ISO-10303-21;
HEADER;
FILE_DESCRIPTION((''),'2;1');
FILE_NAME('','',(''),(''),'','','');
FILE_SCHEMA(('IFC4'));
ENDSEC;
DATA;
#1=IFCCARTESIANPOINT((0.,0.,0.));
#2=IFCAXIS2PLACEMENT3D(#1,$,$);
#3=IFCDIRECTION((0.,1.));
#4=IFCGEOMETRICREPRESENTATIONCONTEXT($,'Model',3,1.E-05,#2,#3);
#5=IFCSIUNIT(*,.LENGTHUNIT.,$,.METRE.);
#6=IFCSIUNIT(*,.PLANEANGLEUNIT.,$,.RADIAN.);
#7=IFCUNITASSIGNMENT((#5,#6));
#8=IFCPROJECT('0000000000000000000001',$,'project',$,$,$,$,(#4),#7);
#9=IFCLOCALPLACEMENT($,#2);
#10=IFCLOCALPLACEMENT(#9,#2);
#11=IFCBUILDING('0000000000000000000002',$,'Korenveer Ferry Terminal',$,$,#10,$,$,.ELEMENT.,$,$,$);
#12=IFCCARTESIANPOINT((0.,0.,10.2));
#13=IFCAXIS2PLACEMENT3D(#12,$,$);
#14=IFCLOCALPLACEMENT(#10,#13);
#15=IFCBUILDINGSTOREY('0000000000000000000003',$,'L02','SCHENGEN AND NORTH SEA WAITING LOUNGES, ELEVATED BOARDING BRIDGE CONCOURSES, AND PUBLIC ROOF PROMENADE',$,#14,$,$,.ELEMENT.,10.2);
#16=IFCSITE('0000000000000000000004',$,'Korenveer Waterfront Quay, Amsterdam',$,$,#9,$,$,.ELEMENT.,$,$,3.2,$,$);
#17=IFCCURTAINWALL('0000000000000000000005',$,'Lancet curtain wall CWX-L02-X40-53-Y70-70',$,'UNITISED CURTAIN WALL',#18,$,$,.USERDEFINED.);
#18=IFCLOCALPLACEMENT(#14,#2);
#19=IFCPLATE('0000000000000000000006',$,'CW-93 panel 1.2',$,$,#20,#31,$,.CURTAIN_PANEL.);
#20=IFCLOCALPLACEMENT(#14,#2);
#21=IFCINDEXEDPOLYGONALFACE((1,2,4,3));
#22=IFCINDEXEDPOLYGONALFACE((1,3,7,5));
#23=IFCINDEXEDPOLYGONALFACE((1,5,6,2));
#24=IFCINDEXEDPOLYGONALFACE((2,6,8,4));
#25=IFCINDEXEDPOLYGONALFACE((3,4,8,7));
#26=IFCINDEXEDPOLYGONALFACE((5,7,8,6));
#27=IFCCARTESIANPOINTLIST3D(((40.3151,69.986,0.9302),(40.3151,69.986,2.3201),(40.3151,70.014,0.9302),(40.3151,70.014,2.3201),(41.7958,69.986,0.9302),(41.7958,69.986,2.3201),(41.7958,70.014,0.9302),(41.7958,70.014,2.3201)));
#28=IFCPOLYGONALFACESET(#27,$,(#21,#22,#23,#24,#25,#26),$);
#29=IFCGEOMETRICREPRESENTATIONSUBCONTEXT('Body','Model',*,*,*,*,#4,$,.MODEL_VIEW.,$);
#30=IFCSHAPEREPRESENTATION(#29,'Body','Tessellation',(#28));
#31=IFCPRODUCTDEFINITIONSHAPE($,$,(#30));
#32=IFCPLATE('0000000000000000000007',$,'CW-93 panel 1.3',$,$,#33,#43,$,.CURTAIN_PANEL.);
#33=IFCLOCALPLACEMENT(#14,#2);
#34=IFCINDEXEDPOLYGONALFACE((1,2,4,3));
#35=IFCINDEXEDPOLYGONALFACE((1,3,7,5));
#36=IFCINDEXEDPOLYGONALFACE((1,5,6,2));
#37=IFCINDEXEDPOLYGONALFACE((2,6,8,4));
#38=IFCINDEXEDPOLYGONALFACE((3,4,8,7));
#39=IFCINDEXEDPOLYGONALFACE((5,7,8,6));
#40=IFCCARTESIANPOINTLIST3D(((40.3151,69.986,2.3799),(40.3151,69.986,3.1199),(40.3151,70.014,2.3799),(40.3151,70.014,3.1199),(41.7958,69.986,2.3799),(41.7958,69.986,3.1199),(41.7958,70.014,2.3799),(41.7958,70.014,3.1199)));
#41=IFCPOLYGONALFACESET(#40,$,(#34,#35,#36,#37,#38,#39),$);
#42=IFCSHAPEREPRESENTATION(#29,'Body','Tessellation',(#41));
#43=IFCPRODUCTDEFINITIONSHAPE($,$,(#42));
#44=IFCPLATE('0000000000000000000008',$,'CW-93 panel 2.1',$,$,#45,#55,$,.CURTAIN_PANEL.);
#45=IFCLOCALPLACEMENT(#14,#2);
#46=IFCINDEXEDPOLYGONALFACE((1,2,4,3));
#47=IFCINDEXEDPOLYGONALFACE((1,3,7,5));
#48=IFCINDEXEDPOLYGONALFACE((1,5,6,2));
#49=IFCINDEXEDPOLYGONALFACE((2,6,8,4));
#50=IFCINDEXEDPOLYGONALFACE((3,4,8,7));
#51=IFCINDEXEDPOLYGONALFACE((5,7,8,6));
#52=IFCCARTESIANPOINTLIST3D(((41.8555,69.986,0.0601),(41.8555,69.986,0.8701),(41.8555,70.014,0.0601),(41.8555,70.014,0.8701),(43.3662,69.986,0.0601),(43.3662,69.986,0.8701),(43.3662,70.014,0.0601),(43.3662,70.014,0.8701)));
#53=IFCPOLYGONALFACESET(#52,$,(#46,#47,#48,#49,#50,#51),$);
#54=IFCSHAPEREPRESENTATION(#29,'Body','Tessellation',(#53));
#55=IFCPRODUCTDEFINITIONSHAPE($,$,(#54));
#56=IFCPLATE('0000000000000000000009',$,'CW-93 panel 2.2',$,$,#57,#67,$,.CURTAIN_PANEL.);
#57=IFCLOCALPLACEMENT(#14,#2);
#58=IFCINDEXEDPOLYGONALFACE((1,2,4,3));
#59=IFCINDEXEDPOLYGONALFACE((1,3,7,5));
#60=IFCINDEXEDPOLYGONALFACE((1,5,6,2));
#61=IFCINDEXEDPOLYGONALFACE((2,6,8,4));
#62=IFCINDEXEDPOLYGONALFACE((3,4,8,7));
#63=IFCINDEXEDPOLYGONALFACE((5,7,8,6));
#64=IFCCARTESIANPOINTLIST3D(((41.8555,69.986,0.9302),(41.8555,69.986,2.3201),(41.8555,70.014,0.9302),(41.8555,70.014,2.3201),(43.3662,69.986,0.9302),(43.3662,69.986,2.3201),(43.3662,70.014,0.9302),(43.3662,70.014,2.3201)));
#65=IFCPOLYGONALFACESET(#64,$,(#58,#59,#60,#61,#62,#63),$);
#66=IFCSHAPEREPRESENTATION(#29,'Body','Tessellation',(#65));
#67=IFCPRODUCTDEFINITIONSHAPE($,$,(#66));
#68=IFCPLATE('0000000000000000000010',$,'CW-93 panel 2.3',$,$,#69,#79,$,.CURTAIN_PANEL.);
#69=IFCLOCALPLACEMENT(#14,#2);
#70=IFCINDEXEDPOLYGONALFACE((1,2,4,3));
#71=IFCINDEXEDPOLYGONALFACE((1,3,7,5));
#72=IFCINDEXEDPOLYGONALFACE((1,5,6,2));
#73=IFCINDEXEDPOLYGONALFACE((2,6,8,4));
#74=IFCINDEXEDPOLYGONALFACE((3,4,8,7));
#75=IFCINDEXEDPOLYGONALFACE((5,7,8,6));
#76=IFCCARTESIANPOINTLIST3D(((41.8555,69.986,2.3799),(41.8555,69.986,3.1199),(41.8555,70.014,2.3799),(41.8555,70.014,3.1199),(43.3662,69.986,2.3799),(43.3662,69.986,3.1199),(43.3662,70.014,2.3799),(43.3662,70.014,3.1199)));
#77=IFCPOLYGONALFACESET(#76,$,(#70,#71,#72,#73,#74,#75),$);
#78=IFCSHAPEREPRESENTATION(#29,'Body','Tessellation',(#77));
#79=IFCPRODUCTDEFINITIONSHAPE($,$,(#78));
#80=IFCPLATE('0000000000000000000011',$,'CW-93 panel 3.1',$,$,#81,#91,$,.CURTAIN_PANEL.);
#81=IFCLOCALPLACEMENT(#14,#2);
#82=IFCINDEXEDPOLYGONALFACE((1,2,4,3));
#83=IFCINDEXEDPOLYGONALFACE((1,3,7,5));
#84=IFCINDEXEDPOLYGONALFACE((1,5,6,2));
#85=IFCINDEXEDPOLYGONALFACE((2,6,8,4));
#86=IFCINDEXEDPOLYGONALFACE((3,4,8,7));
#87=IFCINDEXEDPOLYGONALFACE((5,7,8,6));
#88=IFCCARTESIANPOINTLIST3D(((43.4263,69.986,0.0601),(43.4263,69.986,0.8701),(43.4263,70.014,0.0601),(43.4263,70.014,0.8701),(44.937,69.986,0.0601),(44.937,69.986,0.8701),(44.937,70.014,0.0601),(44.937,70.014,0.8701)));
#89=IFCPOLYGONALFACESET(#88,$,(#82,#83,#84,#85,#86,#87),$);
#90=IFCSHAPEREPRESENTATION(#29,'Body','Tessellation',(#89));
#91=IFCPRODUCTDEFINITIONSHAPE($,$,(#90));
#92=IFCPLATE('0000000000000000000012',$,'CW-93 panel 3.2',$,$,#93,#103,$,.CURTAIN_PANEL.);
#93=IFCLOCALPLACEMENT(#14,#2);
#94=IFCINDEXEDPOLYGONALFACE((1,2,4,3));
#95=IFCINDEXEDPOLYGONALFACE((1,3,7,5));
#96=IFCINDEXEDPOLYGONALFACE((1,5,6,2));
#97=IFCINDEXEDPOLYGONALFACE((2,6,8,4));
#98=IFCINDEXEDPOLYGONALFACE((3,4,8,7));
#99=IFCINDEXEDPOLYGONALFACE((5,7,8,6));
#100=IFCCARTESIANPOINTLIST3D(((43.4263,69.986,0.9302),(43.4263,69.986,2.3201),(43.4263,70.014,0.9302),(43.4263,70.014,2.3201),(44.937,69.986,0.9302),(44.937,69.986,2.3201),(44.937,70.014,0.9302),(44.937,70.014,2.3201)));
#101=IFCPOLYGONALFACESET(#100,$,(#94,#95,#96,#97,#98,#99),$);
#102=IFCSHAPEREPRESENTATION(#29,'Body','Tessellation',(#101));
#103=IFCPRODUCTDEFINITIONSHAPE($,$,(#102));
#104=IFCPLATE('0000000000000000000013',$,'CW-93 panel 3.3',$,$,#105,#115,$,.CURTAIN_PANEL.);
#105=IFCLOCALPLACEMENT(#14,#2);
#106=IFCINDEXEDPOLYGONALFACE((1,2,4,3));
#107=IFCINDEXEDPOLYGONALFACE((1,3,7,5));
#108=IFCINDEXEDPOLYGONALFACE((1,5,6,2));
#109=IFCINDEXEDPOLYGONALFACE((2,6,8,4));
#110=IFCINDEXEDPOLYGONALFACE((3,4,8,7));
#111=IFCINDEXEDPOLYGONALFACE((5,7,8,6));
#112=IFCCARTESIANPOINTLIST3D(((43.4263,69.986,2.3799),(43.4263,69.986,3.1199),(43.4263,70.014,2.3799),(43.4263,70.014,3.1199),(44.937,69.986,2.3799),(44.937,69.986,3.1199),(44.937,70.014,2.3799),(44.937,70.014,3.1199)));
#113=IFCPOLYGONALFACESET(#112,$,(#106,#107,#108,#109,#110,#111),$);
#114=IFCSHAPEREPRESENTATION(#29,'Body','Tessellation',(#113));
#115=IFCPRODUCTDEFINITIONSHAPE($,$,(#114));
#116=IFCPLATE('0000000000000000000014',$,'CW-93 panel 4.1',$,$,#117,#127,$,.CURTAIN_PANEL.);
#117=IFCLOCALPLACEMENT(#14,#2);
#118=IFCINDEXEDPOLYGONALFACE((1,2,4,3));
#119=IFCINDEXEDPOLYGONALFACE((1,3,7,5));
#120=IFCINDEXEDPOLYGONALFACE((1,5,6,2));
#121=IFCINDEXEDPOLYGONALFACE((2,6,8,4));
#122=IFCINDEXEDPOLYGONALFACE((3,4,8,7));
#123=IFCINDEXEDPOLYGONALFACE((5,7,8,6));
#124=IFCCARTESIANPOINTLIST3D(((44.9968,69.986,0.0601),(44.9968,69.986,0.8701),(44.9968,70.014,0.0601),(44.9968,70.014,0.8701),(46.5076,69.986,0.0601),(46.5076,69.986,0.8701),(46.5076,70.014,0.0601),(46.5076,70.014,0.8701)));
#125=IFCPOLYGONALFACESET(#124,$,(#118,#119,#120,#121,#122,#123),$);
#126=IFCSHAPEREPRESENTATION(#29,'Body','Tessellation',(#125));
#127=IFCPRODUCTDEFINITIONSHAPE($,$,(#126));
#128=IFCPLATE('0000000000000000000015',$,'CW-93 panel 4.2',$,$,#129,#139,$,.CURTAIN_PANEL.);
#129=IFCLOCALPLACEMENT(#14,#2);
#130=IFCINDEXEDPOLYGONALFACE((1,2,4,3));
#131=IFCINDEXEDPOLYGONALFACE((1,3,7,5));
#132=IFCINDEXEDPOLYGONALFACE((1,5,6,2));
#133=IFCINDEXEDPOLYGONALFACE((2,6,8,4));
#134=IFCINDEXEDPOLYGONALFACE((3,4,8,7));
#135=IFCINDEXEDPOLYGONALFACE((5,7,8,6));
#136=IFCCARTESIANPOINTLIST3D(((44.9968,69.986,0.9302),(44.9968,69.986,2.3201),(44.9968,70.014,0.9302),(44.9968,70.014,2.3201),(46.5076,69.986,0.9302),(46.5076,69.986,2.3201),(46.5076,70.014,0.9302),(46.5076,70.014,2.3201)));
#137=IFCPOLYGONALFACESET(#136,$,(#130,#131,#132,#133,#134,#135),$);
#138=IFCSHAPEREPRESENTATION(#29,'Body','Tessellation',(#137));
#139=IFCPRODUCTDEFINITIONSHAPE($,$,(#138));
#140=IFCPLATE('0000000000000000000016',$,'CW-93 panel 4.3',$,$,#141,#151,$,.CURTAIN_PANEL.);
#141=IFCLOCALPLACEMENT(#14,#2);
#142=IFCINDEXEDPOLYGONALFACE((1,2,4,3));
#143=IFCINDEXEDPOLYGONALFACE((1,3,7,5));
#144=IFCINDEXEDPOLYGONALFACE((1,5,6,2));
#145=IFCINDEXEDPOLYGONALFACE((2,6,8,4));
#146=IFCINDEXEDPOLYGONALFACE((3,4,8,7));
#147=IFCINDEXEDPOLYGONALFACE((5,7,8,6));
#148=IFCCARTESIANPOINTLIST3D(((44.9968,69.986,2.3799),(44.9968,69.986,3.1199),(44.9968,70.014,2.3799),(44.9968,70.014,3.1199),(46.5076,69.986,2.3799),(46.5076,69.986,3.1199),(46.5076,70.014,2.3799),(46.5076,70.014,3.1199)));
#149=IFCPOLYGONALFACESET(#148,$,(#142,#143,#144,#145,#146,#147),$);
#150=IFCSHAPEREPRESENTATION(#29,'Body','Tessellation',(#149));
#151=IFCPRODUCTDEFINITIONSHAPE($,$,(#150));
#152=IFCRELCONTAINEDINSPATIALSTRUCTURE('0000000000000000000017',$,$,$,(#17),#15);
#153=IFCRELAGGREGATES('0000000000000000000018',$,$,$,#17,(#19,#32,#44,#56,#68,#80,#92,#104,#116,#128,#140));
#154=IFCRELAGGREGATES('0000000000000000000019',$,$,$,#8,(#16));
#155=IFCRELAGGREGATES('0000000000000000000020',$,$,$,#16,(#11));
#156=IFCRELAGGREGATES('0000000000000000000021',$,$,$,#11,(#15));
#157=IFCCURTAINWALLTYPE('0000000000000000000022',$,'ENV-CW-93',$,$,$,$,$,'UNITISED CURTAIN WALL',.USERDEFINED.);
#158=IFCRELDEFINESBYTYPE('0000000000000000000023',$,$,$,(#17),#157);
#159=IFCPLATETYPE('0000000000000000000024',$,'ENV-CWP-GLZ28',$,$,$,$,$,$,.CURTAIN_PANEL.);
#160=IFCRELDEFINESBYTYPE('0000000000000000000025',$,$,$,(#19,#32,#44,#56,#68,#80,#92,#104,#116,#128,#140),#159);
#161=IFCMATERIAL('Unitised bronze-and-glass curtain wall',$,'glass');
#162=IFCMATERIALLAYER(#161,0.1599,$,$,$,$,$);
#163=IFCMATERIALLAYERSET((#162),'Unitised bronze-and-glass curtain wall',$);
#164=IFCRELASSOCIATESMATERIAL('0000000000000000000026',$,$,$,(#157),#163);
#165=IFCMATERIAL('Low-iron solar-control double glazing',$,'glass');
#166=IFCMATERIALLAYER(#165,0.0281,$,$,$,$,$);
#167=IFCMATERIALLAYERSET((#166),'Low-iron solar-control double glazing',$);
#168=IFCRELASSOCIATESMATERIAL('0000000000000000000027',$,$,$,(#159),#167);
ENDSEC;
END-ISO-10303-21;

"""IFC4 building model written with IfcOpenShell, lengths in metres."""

from ifc_helpers import new_model, si_unit, direction, frame, origin, origin_2d, place, context, subcontext, project, spatial, rectangle, extrude, material, layer, layer_set, type_object, element, aggregate, save


model = new_model("IFC4")

# Units and contexts
model_context = context("Model", 3, precision=1e-05, world=origin(), true_north=direction((0.0, 1.0)))
body_context = subcontext(model_context, "Body", "Model", "MODEL_VIEW")
ifc_project = project(units=[si_unit("LENGTHUNIT", "METRE"), si_unit("PLANEANGLEUNIT", "RADIAN")], contexts=[model_context])

# Site, building, storey
site_placement = place(None, origin())
site = spatial("IfcSite", under=ifc_project, at=site_placement, Name="Korenveer Waterfront Quay, Amsterdam", CompositionType="ELEMENT", RefElevation=3.2)
building_placement = place(site_placement, origin())
building = spatial("IfcBuilding", under=site, at=building_placement, Name="Korenveer Ferry Terminal", CompositionType="ELEMENT")
storey_placement = place(building_placement, frame((0.0, 0.0, 10.2)))
storey = spatial("IfcBuildingStorey", under=building, at=storey_placement, Name="L02", Description="SCHENGEN AND NORTH SEA WAITING LOUNGES, ELEVATED BOARDING BRIDGE CONCOURSES, AND PUBLIC ROOF PROMENADE", CompositionType="ELEMENT", Elevation=10.2)

# Curtain wall
ifc_material_1 = material(Name="Unitised bronze-and-glass curtain wall", Category="glass")
ifc_layer_1 = layer(ifc_material_1, 0.1599)
ifc_layer_set_1 = layer_set([ifc_layer_1], Name="Unitised bronze-and-glass curtain wall")
curtain_wall_type = type_object("IfcCurtainWallType", Name="ENV-CW-93", ElementType="UNITISED CURTAIN WALL", PredefinedType="USERDEFINED", material=ifc_layer_set_1)
curtain_wall_placement = place(storey_placement, frame((40.2549, 70.0, 0.0)))
curtain_wall = element("IfcCurtainWall", 1, at=curtain_wall_placement, inside=storey, type_object=curtain_wall_type, Name="Lancet curtain wall CWX-L02-X40-53-Y70-70", ObjectType="UNITISED CURTAIN WALL", PredefinedType="USERDEFINED")

# Plates
ifc_material_2 = material(Name="Low-iron solar-control double glazing", Category="glass")
ifc_layer_2 = layer(ifc_material_2, 0.0281)
ifc_layer_set_2 = layer_set([ifc_layer_2], Name="Low-iron solar-control double glazing")
plate_type = type_object("IfcPlateType", Name="ENV-CWP-GLZ28", PredefinedType="CURTAIN_PANEL", material=ifc_layer_set_2)
plate_1_placement = place(storey_placement, frame((41.0554, 70.0, 0.9302), z_axis=(0.0, 0.0, 1.0), x_axis=(1.0, 0.0, 0.0)))
plate_1 = element("IfcPlate", 2, at=plate_1_placement, type_object=plate_type, Name="CW-93 panel 1.2", PredefinedType="CURTAIN_PANEL", context=body_context, shape_type="SweptSolid", body=[
    extrude(rectangle(XDim=1.4807, YDim=0.0281, at=origin_2d()), origin(), (0.0, 0.0, 1.0), 1.3899),
])
plate_2_placement = place(storey_placement, frame((41.0554, 70.0, 2.3799), z_axis=(0.0, 0.0, 1.0), x_axis=(1.0, 0.0, 0.0)))
plate_2 = element("IfcPlate", 3, at=plate_2_placement, type_object=plate_type, Name="CW-93 panel 1.3", PredefinedType="CURTAIN_PANEL", context=body_context, shape_type="SweptSolid", body=[
    extrude(rectangle(XDim=1.4807, YDim=0.0281, at=origin_2d()), origin(), (0.0, 0.0, 1.0), 0.74),
])
plate_3_placement = place(storey_placement, frame((42.6108, 70.0, 0.0601), z_axis=(0.0, 0.0, 1.0), x_axis=(1.0, 0.0, 0.0)))
plate_3 = element("IfcPlate", 4, at=plate_3_placement, type_object=plate_type, Name="CW-93 panel 2.1", PredefinedType="CURTAIN_PANEL", context=body_context, shape_type="SweptSolid", body=[
    extrude(rectangle(XDim=1.5107, YDim=0.0281, at=origin_2d()), origin(), (0.0, 0.0, 1.0), 0.8101),
])
plate_4_placement = place(storey_placement, frame((42.6108, 70.0, 0.9302), z_axis=(0.0, 0.0, 1.0), x_axis=(1.0, 0.0, 0.0)))
plate_4 = element("IfcPlate", 5, at=plate_4_placement, type_object=plate_type, Name="CW-93 panel 2.2", PredefinedType="CURTAIN_PANEL", context=body_context, shape_type="SweptSolid", body=[
    extrude(rectangle(XDim=1.5107, YDim=0.0281, at=origin_2d()), origin(), (0.0, 0.0, 1.0), 1.3899),
])
plate_5_placement = place(storey_placement, frame((42.6108, 70.0, 2.3799), z_axis=(0.0, 0.0, 1.0), x_axis=(1.0, 0.0, 0.0)))
plate_5 = element("IfcPlate", 6, at=plate_5_placement, type_object=plate_type, Name="CW-93 panel 2.3", PredefinedType="CURTAIN_PANEL", context=body_context, shape_type="SweptSolid", body=[
    extrude(rectangle(XDim=1.5107, YDim=0.0281, at=origin_2d()), origin(), (0.0, 0.0, 1.0), 0.74),
])
plate_6_placement = place(storey_placement, frame((44.1816, 70.0, 0.0601), z_axis=(0.0, 0.0, 1.0), x_axis=(1.0, 0.0, 0.0)))
plate_6 = element("IfcPlate", 7, at=plate_6_placement, type_object=plate_type, Name="CW-93 panel 3.1", PredefinedType="CURTAIN_PANEL", context=body_context, shape_type="SweptSolid", body=[
    extrude(rectangle(XDim=1.5107, YDim=0.0281, at=origin_2d()), origin(), (0.0, 0.0, 1.0), 0.8101),
])
plate_7_placement = place(storey_placement, frame((44.1816, 70.0, 0.9302), z_axis=(0.0, 0.0, 1.0), x_axis=(1.0, 0.0, 0.0)))
plate_7 = element("IfcPlate", 8, at=plate_7_placement, type_object=plate_type, Name="CW-93 panel 3.2", PredefinedType="CURTAIN_PANEL", context=body_context, shape_type="SweptSolid", body=[
    extrude(rectangle(XDim=1.5107, YDim=0.0281, at=origin_2d()), origin(), (0.0, 0.0, 1.0), 1.3899),
])
plate_8_placement = place(storey_placement, frame((44.1816, 70.0, 2.3799), z_axis=(0.0, 0.0, 1.0), x_axis=(1.0, 0.0, 0.0)))
plate_8 = element("IfcPlate", 9, at=plate_8_placement, type_object=plate_type, Name="CW-93 panel 3.3", PredefinedType="CURTAIN_PANEL", context=body_context, shape_type="SweptSolid", body=[
    extrude(rectangle(XDim=1.5107, YDim=0.0281, at=origin_2d()), origin(), (0.0, 0.0, 1.0), 0.74),
])
plate_9_placement = place(storey_placement, frame((45.7522, 70.0, 0.0601), z_axis=(0.0, 0.0, 1.0), x_axis=(1.0, 0.0, 0.0)))
plate_9 = element("IfcPlate", 10, at=plate_9_placement, type_object=plate_type, Name="CW-93 panel 4.1", PredefinedType="CURTAIN_PANEL", context=body_context, shape_type="SweptSolid", body=[
    extrude(rectangle(XDim=1.5107, YDim=0.0281, at=origin_2d()), origin(), (0.0, 0.0, 1.0), 0.8101),
])
plate_10_placement = place(storey_placement, frame((45.7522, 70.0, 0.9302), z_axis=(0.0, 0.0, 1.0), x_axis=(1.0, 0.0, 0.0)))
plate_10 = element("IfcPlate", 11, at=plate_10_placement, type_object=plate_type, Name="CW-93 panel 4.2", PredefinedType="CURTAIN_PANEL", context=body_context, shape_type="SweptSolid", body=[
    extrude(rectangle(XDim=1.5107, YDim=0.0281, at=origin_2d()), origin(), (0.0, 0.0, 1.0), 1.3899),
])
plate_11_placement = place(storey_placement, frame((45.7522, 70.0, 2.3799), z_axis=(0.0, 0.0, 1.0), x_axis=(1.0, 0.0, 0.0)))
plate_11 = element("IfcPlate", 12, at=plate_11_placement, type_object=plate_type, Name="CW-93 panel 4.3", PredefinedType="CURTAIN_PANEL", context=body_context, shape_type="SweptSolid", body=[
    extrude(rectangle(XDim=1.5107, YDim=0.0281, at=origin_2d()), origin(), (0.0, 0.0, 1.0), 0.74),
])
aggregate(curtain_wall, [plate_1, plate_2, plate_3, plate_4, plate_5, plate_6, plate_7, plate_8, plate_9, plate_10, plate_11])

save(model, "model.ifc")
